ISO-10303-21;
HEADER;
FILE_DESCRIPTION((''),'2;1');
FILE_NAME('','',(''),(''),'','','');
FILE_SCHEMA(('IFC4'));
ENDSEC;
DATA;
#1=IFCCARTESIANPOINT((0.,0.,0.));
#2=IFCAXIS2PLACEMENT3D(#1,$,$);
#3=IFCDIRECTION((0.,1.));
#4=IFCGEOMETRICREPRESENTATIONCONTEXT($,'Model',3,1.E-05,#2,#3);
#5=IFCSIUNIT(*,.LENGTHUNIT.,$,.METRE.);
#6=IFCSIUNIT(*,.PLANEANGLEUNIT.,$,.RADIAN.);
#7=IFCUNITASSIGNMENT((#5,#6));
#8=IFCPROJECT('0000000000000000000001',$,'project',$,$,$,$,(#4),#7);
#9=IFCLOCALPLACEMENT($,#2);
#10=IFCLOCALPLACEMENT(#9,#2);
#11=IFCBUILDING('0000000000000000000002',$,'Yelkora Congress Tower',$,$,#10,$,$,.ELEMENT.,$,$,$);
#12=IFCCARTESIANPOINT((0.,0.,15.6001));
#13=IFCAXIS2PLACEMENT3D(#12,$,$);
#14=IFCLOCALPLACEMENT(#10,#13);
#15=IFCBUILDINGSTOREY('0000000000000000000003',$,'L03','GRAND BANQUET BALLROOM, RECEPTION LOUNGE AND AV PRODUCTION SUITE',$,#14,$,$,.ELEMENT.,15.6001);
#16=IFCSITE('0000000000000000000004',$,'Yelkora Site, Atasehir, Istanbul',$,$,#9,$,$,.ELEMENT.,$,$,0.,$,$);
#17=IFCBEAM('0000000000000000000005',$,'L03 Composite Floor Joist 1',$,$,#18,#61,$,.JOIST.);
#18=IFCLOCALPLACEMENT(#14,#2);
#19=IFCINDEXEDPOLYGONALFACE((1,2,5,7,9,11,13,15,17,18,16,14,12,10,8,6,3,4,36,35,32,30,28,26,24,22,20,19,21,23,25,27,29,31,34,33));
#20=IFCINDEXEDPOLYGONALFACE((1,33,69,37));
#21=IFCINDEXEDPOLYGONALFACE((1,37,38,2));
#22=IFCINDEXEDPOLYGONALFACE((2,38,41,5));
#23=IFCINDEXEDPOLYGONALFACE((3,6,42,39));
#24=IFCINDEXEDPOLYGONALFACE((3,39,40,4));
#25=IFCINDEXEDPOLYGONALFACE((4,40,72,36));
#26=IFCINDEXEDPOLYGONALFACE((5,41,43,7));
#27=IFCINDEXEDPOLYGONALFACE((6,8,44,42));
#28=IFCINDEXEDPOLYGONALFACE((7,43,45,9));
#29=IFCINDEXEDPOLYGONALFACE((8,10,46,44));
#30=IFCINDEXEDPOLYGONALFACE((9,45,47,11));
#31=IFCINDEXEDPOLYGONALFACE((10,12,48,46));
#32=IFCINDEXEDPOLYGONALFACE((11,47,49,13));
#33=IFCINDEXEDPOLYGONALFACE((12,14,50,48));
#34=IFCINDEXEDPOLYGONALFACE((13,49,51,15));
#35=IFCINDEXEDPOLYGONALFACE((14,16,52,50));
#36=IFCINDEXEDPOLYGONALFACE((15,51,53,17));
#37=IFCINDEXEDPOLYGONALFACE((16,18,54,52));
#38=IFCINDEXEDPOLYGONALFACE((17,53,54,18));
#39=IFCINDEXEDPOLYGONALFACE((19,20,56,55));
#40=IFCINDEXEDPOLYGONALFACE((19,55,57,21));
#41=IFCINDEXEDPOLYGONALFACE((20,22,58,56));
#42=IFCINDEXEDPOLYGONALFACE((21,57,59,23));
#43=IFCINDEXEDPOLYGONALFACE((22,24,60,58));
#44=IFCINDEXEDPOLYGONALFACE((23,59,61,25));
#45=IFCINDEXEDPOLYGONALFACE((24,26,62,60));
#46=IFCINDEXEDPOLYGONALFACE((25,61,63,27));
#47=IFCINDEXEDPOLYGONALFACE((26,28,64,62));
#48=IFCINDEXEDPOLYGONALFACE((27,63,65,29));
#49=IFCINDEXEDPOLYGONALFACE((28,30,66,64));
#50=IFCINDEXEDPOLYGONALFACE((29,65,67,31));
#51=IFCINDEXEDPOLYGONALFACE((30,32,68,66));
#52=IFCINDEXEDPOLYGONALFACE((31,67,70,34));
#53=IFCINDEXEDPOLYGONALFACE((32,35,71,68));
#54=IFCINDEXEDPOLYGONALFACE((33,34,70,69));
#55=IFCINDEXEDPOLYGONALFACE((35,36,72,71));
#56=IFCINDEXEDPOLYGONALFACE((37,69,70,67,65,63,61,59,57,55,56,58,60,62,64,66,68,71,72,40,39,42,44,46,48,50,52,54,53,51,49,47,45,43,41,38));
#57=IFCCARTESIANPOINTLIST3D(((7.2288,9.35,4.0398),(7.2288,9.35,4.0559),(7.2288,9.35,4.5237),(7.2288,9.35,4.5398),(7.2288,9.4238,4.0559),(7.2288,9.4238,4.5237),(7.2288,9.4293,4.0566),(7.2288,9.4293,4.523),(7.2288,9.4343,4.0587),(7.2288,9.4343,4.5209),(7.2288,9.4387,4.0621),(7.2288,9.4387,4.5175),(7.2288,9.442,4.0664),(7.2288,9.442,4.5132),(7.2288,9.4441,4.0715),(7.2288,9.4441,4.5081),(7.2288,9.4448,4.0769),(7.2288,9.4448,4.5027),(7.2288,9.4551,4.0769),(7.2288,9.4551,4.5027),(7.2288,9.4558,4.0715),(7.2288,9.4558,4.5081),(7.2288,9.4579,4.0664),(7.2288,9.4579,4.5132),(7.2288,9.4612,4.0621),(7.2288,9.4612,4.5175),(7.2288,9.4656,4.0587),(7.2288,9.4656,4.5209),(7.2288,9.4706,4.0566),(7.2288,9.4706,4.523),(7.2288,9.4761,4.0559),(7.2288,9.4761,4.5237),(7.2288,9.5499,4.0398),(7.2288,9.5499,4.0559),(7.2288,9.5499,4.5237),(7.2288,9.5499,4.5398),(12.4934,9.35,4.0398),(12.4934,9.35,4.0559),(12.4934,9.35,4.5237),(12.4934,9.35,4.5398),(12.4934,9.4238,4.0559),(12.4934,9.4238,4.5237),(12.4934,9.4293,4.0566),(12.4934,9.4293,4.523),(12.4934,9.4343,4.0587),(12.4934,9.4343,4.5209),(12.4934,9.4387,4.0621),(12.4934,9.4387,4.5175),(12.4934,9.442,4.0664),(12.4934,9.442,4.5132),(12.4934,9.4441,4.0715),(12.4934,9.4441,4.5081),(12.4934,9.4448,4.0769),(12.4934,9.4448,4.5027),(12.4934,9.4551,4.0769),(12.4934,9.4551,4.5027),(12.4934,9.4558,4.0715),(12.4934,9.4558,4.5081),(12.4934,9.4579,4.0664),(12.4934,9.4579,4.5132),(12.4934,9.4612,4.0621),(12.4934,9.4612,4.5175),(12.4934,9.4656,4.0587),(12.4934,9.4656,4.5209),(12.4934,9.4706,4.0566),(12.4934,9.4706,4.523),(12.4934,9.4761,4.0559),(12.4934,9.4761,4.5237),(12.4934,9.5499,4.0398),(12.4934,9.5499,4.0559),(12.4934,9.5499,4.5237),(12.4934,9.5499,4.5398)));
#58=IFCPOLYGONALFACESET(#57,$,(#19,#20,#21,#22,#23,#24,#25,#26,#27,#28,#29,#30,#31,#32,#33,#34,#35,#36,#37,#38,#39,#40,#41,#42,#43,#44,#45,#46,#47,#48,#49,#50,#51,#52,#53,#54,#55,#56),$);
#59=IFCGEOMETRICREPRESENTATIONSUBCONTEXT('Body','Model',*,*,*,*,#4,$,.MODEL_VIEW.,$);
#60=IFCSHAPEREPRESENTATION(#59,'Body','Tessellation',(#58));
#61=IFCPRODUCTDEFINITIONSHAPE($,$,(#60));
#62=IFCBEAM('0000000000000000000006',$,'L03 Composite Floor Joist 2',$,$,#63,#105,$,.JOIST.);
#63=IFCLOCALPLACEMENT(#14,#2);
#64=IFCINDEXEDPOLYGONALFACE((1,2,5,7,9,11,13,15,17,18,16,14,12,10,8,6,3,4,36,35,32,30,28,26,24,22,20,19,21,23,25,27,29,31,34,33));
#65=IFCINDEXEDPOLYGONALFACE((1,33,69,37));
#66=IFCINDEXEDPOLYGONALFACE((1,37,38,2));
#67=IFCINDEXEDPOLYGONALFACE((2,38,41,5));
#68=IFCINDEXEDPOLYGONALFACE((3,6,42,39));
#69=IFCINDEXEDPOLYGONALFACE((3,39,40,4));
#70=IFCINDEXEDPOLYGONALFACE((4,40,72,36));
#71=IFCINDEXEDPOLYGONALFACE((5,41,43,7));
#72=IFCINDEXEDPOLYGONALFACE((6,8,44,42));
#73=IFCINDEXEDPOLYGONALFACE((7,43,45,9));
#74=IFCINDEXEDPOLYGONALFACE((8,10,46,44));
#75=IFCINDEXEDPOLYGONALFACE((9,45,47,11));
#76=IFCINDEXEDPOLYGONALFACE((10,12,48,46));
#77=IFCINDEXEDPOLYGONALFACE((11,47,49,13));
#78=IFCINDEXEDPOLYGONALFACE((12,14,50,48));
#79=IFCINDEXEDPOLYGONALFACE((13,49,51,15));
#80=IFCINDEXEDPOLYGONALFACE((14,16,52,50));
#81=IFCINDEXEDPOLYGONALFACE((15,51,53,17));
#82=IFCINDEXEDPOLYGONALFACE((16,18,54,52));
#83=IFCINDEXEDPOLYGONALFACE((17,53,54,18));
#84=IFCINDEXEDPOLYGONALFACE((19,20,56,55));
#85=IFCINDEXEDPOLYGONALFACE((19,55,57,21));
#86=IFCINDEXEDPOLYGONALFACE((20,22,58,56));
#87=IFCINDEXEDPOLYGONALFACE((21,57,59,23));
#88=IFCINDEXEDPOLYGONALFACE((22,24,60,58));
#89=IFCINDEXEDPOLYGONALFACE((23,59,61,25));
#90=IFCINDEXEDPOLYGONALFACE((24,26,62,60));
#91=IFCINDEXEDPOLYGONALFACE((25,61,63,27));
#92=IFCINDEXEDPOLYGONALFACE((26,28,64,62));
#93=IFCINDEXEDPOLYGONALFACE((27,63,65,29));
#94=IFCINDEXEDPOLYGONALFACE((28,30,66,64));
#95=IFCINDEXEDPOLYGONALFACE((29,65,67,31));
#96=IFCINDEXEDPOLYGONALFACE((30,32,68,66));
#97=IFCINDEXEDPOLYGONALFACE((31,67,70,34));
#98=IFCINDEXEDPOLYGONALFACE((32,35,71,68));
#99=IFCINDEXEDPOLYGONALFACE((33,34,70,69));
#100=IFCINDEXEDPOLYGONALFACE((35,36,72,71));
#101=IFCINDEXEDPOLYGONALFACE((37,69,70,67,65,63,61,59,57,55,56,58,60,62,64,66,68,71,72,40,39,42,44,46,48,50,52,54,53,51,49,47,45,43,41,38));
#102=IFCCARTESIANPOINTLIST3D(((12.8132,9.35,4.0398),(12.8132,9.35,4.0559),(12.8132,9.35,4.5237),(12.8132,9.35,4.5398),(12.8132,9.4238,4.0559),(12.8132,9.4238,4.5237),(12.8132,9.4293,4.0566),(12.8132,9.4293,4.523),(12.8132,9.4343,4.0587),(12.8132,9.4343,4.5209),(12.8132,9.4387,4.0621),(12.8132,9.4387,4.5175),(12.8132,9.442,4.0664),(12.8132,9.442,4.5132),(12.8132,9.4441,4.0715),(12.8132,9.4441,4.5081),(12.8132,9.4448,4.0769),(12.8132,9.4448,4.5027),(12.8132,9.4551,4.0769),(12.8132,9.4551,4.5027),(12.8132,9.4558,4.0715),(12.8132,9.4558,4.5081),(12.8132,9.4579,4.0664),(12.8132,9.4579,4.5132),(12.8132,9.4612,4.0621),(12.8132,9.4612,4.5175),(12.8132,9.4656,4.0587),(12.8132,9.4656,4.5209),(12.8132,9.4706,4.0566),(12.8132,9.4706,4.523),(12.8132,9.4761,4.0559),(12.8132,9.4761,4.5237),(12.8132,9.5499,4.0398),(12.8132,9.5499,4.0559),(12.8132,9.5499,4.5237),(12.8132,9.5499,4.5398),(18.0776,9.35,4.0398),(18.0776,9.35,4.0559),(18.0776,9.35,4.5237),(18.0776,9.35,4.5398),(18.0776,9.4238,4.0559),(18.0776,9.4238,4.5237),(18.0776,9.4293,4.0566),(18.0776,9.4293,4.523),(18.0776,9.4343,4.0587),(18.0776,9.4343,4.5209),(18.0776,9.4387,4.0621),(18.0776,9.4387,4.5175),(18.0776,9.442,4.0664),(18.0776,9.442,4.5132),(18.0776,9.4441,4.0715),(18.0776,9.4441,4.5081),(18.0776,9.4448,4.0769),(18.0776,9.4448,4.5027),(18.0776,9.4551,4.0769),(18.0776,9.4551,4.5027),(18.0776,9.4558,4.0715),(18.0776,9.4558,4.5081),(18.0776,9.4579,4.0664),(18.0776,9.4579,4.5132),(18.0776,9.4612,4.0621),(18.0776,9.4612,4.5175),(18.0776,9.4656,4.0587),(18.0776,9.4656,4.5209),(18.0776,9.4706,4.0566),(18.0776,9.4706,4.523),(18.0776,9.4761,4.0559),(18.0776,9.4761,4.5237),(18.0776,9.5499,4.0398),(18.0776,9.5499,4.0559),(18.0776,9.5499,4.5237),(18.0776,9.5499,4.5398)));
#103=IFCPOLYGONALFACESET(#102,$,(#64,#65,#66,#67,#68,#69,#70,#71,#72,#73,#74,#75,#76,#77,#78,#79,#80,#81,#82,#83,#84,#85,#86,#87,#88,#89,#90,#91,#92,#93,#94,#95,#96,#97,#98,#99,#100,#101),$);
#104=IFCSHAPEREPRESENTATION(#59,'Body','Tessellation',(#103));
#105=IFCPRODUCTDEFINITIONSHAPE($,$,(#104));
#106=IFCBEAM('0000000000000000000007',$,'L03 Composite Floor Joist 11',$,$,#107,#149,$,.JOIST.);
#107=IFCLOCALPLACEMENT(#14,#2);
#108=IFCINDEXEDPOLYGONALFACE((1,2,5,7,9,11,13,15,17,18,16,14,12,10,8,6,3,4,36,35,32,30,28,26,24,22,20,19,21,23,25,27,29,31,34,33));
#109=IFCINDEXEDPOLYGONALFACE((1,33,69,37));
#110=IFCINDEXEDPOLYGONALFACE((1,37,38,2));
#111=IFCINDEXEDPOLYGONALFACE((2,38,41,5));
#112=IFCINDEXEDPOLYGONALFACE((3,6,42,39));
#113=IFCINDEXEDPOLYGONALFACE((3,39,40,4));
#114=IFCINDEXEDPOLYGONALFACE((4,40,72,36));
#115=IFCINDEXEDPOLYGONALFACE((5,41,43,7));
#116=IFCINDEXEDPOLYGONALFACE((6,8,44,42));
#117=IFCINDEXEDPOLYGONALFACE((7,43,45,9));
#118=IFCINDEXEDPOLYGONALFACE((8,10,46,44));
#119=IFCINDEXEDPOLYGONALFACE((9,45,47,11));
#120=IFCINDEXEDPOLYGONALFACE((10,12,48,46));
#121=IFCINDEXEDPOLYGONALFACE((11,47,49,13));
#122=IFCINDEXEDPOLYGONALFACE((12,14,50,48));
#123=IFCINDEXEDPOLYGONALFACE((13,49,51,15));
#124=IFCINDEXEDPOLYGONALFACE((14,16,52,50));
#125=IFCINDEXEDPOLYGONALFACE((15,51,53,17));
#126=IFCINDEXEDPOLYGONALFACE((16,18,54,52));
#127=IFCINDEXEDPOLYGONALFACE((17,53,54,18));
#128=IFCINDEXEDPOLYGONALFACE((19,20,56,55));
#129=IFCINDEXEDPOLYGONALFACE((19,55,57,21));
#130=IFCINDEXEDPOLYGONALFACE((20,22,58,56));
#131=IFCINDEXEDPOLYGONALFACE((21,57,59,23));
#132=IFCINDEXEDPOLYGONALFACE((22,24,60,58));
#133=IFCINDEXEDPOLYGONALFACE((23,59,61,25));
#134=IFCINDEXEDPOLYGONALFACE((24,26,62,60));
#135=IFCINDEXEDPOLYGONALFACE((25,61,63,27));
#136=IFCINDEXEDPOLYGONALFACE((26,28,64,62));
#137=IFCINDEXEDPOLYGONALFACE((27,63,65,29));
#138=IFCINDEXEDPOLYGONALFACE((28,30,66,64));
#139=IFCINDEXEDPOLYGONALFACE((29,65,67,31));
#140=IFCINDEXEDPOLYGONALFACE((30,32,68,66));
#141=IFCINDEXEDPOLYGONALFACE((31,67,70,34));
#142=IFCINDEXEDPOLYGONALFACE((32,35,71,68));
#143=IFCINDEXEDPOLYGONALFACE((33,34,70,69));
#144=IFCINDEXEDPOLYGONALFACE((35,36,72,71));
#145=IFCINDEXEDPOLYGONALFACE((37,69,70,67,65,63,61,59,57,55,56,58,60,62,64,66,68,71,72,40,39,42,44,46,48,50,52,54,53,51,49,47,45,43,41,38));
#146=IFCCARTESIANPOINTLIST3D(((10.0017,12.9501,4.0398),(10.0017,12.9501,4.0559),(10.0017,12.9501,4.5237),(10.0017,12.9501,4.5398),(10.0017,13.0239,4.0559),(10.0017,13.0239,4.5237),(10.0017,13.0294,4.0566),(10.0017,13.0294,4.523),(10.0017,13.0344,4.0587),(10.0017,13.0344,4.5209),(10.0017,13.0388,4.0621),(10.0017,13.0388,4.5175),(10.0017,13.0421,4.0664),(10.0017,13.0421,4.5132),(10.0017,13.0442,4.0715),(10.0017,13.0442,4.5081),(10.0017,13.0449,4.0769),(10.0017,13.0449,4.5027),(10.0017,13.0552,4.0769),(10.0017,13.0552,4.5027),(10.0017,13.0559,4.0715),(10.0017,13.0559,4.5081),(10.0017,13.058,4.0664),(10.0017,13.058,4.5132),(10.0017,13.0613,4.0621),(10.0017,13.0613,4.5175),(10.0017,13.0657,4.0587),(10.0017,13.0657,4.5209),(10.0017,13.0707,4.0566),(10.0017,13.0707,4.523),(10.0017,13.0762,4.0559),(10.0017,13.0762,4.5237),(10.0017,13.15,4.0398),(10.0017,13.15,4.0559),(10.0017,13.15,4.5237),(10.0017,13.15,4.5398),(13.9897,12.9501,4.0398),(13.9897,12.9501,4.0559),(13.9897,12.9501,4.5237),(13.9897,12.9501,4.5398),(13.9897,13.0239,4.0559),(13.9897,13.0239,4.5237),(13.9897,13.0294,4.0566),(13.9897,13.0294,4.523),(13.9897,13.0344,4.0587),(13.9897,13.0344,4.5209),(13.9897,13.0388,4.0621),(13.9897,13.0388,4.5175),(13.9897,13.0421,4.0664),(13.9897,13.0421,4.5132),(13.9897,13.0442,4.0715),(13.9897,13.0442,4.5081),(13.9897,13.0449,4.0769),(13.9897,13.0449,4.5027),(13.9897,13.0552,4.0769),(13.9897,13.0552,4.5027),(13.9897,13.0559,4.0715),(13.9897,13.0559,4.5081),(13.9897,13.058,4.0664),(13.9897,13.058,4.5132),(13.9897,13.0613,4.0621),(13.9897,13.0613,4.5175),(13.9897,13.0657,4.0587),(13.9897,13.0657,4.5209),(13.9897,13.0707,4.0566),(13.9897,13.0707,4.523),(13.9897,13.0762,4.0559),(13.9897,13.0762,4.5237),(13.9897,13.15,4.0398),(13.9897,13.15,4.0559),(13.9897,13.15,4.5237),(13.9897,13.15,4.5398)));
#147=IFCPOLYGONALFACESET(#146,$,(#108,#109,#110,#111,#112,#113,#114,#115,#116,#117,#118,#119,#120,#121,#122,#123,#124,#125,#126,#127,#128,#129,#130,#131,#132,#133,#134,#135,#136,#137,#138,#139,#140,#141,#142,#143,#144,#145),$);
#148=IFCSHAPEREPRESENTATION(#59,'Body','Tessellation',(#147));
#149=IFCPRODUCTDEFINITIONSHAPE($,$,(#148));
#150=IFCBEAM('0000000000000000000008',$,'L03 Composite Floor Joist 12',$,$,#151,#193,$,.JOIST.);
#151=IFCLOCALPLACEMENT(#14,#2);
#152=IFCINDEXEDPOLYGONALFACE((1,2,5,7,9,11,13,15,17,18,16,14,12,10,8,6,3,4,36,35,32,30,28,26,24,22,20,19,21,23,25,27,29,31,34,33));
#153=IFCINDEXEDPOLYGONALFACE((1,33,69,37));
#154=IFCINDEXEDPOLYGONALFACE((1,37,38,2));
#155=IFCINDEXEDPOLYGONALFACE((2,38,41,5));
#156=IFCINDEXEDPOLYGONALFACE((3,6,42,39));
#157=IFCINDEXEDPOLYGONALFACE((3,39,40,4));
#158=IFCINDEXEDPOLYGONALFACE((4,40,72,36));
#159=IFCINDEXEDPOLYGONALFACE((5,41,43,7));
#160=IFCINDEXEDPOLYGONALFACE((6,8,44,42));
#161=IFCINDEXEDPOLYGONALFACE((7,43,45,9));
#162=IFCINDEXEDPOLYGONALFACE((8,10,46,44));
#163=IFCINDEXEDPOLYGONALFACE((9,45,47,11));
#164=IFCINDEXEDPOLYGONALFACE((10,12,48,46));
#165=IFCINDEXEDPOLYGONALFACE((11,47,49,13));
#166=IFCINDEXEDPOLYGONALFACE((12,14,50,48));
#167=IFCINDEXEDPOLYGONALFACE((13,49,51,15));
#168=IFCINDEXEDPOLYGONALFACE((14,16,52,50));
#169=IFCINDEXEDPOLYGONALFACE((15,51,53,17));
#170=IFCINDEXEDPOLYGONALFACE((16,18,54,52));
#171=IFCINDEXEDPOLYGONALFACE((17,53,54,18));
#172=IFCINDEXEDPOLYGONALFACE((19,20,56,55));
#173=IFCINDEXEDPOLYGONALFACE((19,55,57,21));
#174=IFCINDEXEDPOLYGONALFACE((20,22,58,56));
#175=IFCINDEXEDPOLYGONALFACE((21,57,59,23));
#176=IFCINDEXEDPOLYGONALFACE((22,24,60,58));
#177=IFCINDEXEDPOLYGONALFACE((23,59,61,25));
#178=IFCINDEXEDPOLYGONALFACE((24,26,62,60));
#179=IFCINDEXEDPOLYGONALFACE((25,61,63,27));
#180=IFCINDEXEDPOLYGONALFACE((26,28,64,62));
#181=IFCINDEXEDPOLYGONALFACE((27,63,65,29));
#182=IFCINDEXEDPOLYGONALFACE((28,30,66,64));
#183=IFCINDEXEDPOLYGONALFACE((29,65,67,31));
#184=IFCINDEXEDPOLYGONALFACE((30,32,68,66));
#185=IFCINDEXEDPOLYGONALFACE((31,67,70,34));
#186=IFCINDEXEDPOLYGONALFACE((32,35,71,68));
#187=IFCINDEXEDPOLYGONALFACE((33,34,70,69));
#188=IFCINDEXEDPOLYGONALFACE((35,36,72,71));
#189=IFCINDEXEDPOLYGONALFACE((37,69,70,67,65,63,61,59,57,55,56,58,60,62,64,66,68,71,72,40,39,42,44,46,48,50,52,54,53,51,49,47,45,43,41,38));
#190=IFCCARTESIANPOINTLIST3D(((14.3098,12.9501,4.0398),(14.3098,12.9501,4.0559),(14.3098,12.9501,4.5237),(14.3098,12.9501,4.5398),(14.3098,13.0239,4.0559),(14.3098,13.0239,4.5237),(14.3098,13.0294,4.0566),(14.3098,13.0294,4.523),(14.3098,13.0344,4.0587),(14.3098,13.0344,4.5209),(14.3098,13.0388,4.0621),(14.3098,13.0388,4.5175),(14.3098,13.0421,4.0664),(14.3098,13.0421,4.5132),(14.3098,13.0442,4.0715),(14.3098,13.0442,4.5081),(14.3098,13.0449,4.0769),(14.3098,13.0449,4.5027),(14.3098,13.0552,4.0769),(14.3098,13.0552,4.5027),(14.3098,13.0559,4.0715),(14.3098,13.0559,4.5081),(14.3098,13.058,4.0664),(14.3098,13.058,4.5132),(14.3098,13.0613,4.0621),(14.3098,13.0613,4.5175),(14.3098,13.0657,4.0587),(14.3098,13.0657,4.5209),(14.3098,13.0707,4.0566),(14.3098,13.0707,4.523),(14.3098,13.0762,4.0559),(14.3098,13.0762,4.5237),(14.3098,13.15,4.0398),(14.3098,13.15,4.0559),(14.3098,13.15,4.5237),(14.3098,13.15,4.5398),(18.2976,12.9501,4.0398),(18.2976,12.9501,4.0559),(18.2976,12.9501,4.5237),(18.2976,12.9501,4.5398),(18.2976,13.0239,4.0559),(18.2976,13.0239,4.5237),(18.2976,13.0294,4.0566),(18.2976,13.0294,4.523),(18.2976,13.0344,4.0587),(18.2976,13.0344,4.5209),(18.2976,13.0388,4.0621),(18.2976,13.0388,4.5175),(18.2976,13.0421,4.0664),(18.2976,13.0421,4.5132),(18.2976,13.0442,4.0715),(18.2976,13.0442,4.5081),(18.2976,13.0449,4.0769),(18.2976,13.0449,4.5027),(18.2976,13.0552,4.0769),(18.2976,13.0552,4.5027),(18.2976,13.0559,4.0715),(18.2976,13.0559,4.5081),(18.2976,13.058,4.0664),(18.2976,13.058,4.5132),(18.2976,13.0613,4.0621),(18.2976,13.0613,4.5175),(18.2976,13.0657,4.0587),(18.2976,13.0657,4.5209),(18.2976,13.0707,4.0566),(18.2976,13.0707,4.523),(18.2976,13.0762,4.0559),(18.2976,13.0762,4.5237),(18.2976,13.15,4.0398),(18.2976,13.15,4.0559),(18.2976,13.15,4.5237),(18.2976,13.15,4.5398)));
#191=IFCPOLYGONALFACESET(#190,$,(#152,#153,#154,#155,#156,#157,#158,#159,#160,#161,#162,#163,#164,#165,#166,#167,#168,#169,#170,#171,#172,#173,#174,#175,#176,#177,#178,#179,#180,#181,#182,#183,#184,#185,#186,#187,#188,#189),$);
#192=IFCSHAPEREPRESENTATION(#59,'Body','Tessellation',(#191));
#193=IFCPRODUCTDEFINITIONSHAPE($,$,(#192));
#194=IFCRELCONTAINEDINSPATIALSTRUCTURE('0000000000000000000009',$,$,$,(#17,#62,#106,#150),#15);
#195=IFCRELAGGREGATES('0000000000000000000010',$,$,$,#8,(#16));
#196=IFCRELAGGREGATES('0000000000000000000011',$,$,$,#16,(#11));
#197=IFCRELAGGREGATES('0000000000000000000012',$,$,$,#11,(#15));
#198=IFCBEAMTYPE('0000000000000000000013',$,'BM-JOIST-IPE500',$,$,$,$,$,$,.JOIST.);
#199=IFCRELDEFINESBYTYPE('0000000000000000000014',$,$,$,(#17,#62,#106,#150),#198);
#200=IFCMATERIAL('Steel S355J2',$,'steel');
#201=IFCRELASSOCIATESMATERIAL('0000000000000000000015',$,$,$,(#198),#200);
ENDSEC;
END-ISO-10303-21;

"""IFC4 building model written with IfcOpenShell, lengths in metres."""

from ifc_helpers import new_model, si_unit, direction, frame, origin, origin_2d, place, context, subcontext, project, spatial, i_section, extrude, material, material_profile, profile_set, type_object, element, save


model = new_model("IFC4")

# Units and contexts
model_context = context("Model", 3, precision=1e-05, world=origin(), true_north=direction((0.0, 1.0)))
body_context = subcontext(model_context, "Body", "Model", "MODEL_VIEW")
ifc_project = project(units=[si_unit("LENGTHUNIT", "METRE"), si_unit("PLANEANGLEUNIT", "RADIAN")], contexts=[model_context])

# Site, building, storey
site_placement = place(None, origin())
site = spatial("IfcSite", under=ifc_project, at=site_placement, Name="Yelkora Site, Atasehir, Istanbul", CompositionType="ELEMENT", RefElevation=0.0)
building_placement = place(site_placement, origin())
building = spatial("IfcBuilding", under=site, at=building_placement, Name="Yelkora Congress Tower", CompositionType="ELEMENT")
storey_placement = place(building_placement, frame((0.0, 0.0, 15.6001)))
storey = spatial("IfcBuildingStorey", under=building, at=storey_placement, Name="L03", Description="GRAND BANQUET BALLROOM, RECEPTION LOUNGE AND AV PRODUCTION SUITE", CompositionType="ELEMENT", Elevation=15.6001)

# Beams
ifc_material_1 = material(Name="Steel S355J2", Category="steel")
ifc_material_profile_1 = material_profile(ifc_material_1, i_section(OverallWidth=0.2, OverallDepth=0.5, WebThickness=0.0103, FlangeThickness=0.0161, FilletRadius=0.021, at=origin_2d()), Name="IPE 500")
ifc_profile_set_1 = profile_set([ifc_material_profile_1], Name="Steel S355J2")
beam_type_1 = type_object("IfcBeamType", Name="BM-JOIST-IPE500", PredefinedType="JOIST", material=ifc_profile_set_1)
beam_1_placement = place(storey_placement, frame((7.2288, 9.45, 4.2898), z_axis=(1.0, 0.0, 0.0), x_axis=(0.0, 1.0, 0.0)))
element("IfcBeam", 1, at=beam_1_placement, inside=storey, type_object=beam_type_1, Name="L03 Composite Floor Joist 1", PredefinedType="JOIST", context=body_context, shape_type="SweptSolid", body=[
    extrude(i_section(OverallWidth=0.2, OverallDepth=0.5, WebThickness=0.0103, FlangeThickness=0.0161, FilletRadius=0.021, at=origin_2d()), origin(), (0.0, 0.0, 1.0), 5.2646),
])
beam_2_placement = place(storey_placement, frame((12.8132, 9.45, 4.2898), z_axis=(1.0, 0.0, 0.0), x_axis=(0.0, 1.0, 0.0)))
element("IfcBeam", 2, at=beam_2_placement, inside=storey, type_object=beam_type_1, Name="L03 Composite Floor Joist 2", PredefinedType="JOIST", context=body_context, shape_type="SweptSolid", body=[
    extrude(i_section(OverallWidth=0.2, OverallDepth=0.5, WebThickness=0.0103, FlangeThickness=0.0161, FilletRadius=0.021, at=origin_2d()), origin(), (0.0, 0.0, 1.0), 5.2644),
])
beam_3_placement = place(storey_placement, frame((10.0017, 13.05, 4.2898), z_axis=(1.0, 0.0, 0.0), x_axis=(0.0, 1.0, 0.0)))
element("IfcBeam", 3, at=beam_3_placement, inside=storey, type_object=beam_type_1, Name="L03 Composite Floor Joist 11", PredefinedType="JOIST", context=body_context, shape_type="SweptSolid", body=[
    extrude(i_section(OverallWidth=0.2, OverallDepth=0.5, WebThickness=0.0103, FlangeThickness=0.0161, FilletRadius=0.021, at=origin_2d()), origin(), (0.0, 0.0, 1.0), 3.988),
])
beam_4_placement = place(storey_placement, frame((14.3098, 13.05, 4.2898), z_axis=(1.0, 0.0, 0.0), x_axis=(0.0, 1.0, 0.0)))
element("IfcBeam", 4, at=beam_4_placement, inside=storey, type_object=beam_type_1, Name="L03 Composite Floor Joist 12", PredefinedType="JOIST", context=body_context, shape_type="SweptSolid", body=[
    extrude(i_section(OverallWidth=0.2, OverallDepth=0.5, WebThickness=0.0103, FlangeThickness=0.0161, FilletRadius=0.021, at=origin_2d()), origin(), (0.0, 0.0, 1.0), 3.9878),
])

save(model, "model.ifc")
